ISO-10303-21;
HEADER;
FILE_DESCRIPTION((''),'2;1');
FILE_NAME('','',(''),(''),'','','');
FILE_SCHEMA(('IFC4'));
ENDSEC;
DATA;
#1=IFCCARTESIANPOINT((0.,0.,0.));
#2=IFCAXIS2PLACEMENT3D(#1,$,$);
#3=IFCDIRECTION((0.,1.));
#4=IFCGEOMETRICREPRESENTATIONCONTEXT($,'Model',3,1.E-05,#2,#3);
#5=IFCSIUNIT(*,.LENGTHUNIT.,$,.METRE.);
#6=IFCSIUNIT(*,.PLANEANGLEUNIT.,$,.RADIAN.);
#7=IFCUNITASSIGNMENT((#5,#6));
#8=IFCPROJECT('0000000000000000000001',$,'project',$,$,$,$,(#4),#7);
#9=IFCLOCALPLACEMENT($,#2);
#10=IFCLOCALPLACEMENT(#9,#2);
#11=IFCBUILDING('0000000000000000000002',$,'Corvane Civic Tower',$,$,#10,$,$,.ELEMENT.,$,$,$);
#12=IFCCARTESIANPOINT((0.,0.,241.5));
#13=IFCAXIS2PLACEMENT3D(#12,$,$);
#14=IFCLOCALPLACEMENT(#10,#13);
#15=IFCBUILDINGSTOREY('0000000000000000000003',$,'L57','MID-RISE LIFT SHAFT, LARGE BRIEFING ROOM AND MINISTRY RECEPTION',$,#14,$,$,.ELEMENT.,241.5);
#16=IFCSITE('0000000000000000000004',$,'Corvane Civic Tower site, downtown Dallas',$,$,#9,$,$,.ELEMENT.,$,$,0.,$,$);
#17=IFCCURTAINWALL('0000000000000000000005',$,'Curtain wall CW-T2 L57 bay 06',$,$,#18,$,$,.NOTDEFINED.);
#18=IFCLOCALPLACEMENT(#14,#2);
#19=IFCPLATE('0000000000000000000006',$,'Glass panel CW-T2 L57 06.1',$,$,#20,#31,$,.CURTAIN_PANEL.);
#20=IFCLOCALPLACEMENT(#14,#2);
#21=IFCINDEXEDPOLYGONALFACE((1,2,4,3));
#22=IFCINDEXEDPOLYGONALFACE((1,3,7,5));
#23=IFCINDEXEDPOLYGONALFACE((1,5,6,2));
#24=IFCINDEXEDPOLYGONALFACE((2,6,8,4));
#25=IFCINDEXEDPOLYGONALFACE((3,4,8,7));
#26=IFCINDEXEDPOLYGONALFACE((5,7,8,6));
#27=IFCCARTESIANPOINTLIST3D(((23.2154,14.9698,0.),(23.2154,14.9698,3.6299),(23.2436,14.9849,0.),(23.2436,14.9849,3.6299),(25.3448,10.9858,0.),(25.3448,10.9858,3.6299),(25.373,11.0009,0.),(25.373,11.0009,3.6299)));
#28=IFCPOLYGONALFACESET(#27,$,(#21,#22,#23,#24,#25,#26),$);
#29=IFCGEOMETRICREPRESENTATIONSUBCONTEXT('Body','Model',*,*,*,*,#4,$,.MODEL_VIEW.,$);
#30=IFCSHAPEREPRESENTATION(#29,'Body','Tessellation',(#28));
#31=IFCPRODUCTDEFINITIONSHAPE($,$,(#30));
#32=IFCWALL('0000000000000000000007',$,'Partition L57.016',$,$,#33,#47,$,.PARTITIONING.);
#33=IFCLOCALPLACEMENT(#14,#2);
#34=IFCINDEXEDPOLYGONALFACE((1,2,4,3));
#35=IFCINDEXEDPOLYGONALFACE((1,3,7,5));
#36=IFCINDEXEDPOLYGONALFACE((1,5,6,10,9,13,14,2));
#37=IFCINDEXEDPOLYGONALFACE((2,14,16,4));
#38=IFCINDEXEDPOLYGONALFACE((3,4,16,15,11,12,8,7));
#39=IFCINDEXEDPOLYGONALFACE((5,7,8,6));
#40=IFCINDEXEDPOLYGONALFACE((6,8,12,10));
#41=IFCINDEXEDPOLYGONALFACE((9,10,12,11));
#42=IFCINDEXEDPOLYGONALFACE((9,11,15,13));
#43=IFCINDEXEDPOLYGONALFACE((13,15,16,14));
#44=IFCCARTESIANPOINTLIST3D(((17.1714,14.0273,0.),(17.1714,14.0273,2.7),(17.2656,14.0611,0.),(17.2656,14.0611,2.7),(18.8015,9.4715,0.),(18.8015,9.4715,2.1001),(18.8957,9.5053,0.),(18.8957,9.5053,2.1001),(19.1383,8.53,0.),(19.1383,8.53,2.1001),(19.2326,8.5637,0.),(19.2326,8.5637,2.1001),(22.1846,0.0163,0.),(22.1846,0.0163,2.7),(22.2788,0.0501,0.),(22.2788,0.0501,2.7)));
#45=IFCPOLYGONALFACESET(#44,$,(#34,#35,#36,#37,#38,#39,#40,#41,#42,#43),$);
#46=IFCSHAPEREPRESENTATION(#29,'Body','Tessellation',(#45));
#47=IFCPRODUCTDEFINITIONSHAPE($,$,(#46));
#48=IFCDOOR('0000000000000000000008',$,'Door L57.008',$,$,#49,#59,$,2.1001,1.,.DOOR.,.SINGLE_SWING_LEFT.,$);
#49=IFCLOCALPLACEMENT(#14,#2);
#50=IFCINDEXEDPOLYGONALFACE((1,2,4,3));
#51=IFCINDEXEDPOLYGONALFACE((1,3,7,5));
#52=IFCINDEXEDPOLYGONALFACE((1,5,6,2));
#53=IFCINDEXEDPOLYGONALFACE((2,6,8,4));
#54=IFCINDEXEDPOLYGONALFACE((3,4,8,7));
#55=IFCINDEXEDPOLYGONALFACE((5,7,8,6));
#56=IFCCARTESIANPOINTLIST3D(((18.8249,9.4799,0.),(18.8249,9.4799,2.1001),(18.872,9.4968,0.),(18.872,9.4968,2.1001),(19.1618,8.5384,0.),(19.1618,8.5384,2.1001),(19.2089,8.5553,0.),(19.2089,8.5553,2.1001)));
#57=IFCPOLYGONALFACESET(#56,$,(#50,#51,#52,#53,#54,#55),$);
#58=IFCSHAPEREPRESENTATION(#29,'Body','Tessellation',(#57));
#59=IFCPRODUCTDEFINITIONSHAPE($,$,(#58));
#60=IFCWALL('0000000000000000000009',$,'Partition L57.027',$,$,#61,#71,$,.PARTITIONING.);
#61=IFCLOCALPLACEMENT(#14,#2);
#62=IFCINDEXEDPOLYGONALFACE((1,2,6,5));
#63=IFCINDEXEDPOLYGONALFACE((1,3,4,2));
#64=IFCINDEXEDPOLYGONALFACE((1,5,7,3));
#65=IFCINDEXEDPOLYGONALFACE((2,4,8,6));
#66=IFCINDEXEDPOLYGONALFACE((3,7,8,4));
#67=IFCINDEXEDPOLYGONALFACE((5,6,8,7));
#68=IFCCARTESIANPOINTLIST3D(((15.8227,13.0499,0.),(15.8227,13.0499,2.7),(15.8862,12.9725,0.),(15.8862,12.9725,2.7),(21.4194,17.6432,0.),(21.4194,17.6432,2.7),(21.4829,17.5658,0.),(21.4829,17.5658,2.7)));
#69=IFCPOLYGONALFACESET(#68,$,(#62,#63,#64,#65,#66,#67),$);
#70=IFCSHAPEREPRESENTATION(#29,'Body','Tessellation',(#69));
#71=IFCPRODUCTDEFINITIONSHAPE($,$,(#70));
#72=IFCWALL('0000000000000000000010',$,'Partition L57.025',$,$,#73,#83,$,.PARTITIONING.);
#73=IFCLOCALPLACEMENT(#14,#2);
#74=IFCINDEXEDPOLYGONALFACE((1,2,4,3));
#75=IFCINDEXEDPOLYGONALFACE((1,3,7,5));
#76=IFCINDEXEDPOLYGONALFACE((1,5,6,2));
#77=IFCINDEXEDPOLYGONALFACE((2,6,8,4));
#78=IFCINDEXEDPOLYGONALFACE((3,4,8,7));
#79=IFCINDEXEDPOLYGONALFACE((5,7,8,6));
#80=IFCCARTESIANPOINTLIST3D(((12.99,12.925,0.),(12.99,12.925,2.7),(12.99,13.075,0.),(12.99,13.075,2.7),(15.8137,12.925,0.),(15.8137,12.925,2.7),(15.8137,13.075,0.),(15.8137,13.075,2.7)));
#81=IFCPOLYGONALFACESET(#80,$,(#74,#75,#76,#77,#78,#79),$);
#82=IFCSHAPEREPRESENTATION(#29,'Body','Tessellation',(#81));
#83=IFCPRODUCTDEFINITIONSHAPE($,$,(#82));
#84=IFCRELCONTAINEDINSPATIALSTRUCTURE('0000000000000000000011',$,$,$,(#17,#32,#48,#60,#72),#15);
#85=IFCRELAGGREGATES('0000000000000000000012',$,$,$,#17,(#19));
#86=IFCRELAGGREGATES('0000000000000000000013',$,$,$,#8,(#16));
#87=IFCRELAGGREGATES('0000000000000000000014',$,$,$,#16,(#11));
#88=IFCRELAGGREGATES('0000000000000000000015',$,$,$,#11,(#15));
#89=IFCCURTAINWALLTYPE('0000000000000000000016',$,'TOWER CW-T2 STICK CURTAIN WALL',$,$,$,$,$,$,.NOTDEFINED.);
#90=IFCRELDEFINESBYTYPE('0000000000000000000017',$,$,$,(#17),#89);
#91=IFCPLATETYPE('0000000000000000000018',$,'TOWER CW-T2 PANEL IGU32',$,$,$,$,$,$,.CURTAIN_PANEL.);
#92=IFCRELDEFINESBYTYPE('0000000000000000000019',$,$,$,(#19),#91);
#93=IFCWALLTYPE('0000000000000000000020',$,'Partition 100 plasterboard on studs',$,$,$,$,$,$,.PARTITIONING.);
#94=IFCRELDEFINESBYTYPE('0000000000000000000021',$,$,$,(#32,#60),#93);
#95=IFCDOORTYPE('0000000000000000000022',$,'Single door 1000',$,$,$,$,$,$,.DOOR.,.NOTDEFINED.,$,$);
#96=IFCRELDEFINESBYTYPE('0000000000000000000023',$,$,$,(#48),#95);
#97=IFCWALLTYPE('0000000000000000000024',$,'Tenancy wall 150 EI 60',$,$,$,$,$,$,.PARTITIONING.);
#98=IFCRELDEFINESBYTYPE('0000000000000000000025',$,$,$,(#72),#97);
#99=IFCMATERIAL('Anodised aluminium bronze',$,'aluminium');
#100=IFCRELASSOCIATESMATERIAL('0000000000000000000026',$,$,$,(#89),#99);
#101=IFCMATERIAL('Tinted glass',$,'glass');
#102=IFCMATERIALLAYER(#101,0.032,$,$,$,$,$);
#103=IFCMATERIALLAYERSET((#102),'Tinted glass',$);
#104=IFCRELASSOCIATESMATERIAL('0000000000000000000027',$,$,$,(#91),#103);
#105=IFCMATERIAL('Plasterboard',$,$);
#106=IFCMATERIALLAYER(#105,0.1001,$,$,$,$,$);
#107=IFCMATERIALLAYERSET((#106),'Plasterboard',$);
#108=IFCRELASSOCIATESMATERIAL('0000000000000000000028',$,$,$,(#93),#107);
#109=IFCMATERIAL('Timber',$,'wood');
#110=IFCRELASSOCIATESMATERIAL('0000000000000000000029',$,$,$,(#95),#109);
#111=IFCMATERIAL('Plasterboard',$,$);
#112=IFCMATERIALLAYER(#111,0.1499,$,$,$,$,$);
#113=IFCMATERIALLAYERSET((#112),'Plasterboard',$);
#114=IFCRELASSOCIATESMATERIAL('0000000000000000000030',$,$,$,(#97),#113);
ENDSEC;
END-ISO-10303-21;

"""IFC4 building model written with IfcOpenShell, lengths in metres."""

from ifc_helpers import new_model, si_unit, direction, frame, frame_2d, origin, origin_2d, place, context, subcontext, project, spatial, rectangle, extrude, material, layer, layer_set, type_object, element, fill, aggregate, save


model = new_model("IFC4")

# Units and contexts
model_context = context("Model", 3, precision=1e-05, world=origin(), true_north=direction((0.0, 1.0)))
body_context = subcontext(model_context, "Body", "Model", "MODEL_VIEW")
ifc_project = project(units=[si_unit("LENGTHUNIT", "METRE"), si_unit("PLANEANGLEUNIT", "RADIAN")], contexts=[model_context])

# Site, building, storey
site_placement = place(None, origin())
site = spatial("IfcSite", under=ifc_project, at=site_placement, Name="Corvane Civic Tower site, downtown Dallas", CompositionType="ELEMENT", RefElevation=0.0)
building_placement = place(site_placement, origin())
building = spatial("IfcBuilding", under=site, at=building_placement, Name="Corvane Civic Tower", CompositionType="ELEMENT")
storey_placement = place(building_placement, frame((0.0, 0.0, 241.5)))
storey = spatial("IfcBuildingStorey", under=building, at=storey_placement, Name="L57", Description="MID-RISE LIFT SHAFT, LARGE BRIEFING ROOM AND MINISTRY RECEPTION", CompositionType="ELEMENT", Elevation=241.5)

# Curtain wall
ifc_material_1 = material(Name="Anodised aluminium bronze", Category="aluminium")
curtain_wall_type = type_object("IfcCurtainWallType", Name="TOWER CW-T2 STICK CURTAIN WALL", PredefinedType="NOTDEFINED", material=ifc_material_1)
curtain_wall_1_placement = place(storey_placement, origin())
curtain_wall_1 = element("IfcCurtainWall", 1, at=curtain_wall_1_placement, inside=storey, type_object=curtain_wall_type, Name="Curtain wall CW-T2 L57 bay 06", PredefinedType="NOTDEFINED")

# Plate
ifc_material_2 = material(Name="Tinted glass", Category="glass")
ifc_layer_1 = layer(ifc_material_2, 0.032)
ifc_layer_set_1 = layer_set([ifc_layer_1], Name="Tinted glass")
plate_type = type_object("IfcPlateType", Name="TOWER CW-T2 PANEL IGU32", PredefinedType="CURTAIN_PANEL", material=ifc_layer_set_1)
plate_1_placement = place(storey_placement, frame((24.2942, 12.9854, 0.0), z_axis=(0.0, 0.0, 1.0), x_axis=(0.471398, -0.88192, 0.0)))
plate_1 = element("IfcPlate", 2, at=plate_1_placement, type_object=plate_type, Name="Glass panel CW-T2 L57 06.1", PredefinedType="CURTAIN_PANEL", context=body_context, shape_type="SweptSolid", body=[
    extrude(rectangle(XDim=4.5173, YDim=0.032, at=origin_2d()), origin(), (0.0, 0.0, 1.0), 3.6299),
])
aggregate(curtain_wall_1, [plate_1])

# Wall, opening, door
ifc_material_3 = material(Name="Plasterboard")
ifc_layer_2 = layer(ifc_material_3, 0.1001)
ifc_layer_set_2 = layer_set([ifc_layer_2], Name="Plasterboard")
wall_type_1 = type_object("IfcWallType", Name="Partition 100 plasterboard on studs", PredefinedType="PARTITIONING", material=ifc_layer_set_2)
wall_1_placement = place(storey_placement, frame((17.2185, 14.0442, 0.0), z_axis=(0.0, 0.0, 1.0), x_axis=(0.336888, -0.941545, 0.0)))
wall_1 = element("IfcWall", 3, at=wall_1_placement, inside=storey, type_object=wall_type_1, Name="Partition L57.016", PredefinedType="PARTITIONING", context=body_context, shape_type="SweptSolid", body=[
    extrude(rectangle(XDim=14.8809, YDim=0.1001, at=frame_2d((7.4404, 0.0))), origin(), (0.0, 0.0, 1.0), 2.7),
])
opening_placement = place(wall_1_placement, frame((4.8386, 0.0, 0.0)))
opening = element("IfcOpeningElement", 4, at=opening_placement, cuts=wall_1, PredefinedType="OPENING", context=body_context, shape_type="SweptSolid", body=[
    extrude(rectangle(XDim=1.0, YDim=2.1001, at=frame_2d((0.5, 1.05))), frame((0.0, 0.0601, 0.0), z_axis=(0.0, -1.0, 0.0), x_axis=(1.0, 0.0, 0.0)), (0.0, 0.0, 1.0), 0.1201),
])
ifc_material_4 = material(Name="Timber", Category="wood")
door_type = type_object("IfcDoorType", Name="Single door 1000", OperationType="NOTDEFINED", PredefinedType="DOOR", material=ifc_material_4)
door_placement = place(opening_placement, origin())
door = element("IfcDoor", 5, at=door_placement, inside=storey, type_object=door_type, Name="Door L57.008", OperationType="SINGLE_SWING_LEFT", OverallHeight=2.1001, OverallWidth=1.0, PredefinedType="DOOR", context=body_context, shape_type="SweptSolid", body=[
    extrude(rectangle(XDim=1.0, YDim=2.1001, at=frame_2d((0.5, 1.05))), frame((0.0, 0.0249, 0.0), z_axis=(0.0, -1.0, 0.0), x_axis=(1.0, 0.0, 0.0)), (0.0, 0.0, 1.0), 0.05),
])
fill(opening, door)

# Walls
wall_2_placement = place(storey_placement, frame((15.8545, 13.0112, 0.0), z_axis=(0.0, 0.0, 1.0), x_axis=(0.772998, 0.634409, 0.0)))
element("IfcWall", 6, at=wall_2_placement, inside=storey, type_object=wall_type_1, Name="Partition L57.027", PredefinedType="PARTITIONING", context=body_context, shape_type="SweptSolid", body=[
    extrude(rectangle(XDim=7.2402, YDim=0.1001, at=frame_2d((3.6201, 0.0))), origin(), (0.0, 0.0, 1.0), 2.7),
])
ifc_material_5 = material(Name="Plasterboard")
ifc_layer_3 = layer(ifc_material_5, 0.1499)
ifc_layer_set_3 = layer_set([ifc_layer_3], Name="Plasterboard")
wall_type_2 = type_object("IfcWallType", Name="Tenancy wall 150 EI 60", PredefinedType="PARTITIONING", material=ifc_layer_set_3)
wall_3_placement = place(storey_placement, frame((12.99, 13.0, 0.0), z_axis=(0.0, 0.0, 1.0), x_axis=(1.0, 0.0, 0.0)))
element("IfcWall", 7, at=wall_3_placement, inside=storey, type_object=wall_type_2, Name="Partition L57.025", PredefinedType="PARTITIONING", context=body_context, shape_type="SweptSolid", body=[
    extrude(rectangle(XDim=2.8237, YDim=0.1499, at=frame_2d((1.4119, 0.0))), origin(), (0.0, 0.0, 1.0), 2.7),
])

save(model, "model.ifc")
